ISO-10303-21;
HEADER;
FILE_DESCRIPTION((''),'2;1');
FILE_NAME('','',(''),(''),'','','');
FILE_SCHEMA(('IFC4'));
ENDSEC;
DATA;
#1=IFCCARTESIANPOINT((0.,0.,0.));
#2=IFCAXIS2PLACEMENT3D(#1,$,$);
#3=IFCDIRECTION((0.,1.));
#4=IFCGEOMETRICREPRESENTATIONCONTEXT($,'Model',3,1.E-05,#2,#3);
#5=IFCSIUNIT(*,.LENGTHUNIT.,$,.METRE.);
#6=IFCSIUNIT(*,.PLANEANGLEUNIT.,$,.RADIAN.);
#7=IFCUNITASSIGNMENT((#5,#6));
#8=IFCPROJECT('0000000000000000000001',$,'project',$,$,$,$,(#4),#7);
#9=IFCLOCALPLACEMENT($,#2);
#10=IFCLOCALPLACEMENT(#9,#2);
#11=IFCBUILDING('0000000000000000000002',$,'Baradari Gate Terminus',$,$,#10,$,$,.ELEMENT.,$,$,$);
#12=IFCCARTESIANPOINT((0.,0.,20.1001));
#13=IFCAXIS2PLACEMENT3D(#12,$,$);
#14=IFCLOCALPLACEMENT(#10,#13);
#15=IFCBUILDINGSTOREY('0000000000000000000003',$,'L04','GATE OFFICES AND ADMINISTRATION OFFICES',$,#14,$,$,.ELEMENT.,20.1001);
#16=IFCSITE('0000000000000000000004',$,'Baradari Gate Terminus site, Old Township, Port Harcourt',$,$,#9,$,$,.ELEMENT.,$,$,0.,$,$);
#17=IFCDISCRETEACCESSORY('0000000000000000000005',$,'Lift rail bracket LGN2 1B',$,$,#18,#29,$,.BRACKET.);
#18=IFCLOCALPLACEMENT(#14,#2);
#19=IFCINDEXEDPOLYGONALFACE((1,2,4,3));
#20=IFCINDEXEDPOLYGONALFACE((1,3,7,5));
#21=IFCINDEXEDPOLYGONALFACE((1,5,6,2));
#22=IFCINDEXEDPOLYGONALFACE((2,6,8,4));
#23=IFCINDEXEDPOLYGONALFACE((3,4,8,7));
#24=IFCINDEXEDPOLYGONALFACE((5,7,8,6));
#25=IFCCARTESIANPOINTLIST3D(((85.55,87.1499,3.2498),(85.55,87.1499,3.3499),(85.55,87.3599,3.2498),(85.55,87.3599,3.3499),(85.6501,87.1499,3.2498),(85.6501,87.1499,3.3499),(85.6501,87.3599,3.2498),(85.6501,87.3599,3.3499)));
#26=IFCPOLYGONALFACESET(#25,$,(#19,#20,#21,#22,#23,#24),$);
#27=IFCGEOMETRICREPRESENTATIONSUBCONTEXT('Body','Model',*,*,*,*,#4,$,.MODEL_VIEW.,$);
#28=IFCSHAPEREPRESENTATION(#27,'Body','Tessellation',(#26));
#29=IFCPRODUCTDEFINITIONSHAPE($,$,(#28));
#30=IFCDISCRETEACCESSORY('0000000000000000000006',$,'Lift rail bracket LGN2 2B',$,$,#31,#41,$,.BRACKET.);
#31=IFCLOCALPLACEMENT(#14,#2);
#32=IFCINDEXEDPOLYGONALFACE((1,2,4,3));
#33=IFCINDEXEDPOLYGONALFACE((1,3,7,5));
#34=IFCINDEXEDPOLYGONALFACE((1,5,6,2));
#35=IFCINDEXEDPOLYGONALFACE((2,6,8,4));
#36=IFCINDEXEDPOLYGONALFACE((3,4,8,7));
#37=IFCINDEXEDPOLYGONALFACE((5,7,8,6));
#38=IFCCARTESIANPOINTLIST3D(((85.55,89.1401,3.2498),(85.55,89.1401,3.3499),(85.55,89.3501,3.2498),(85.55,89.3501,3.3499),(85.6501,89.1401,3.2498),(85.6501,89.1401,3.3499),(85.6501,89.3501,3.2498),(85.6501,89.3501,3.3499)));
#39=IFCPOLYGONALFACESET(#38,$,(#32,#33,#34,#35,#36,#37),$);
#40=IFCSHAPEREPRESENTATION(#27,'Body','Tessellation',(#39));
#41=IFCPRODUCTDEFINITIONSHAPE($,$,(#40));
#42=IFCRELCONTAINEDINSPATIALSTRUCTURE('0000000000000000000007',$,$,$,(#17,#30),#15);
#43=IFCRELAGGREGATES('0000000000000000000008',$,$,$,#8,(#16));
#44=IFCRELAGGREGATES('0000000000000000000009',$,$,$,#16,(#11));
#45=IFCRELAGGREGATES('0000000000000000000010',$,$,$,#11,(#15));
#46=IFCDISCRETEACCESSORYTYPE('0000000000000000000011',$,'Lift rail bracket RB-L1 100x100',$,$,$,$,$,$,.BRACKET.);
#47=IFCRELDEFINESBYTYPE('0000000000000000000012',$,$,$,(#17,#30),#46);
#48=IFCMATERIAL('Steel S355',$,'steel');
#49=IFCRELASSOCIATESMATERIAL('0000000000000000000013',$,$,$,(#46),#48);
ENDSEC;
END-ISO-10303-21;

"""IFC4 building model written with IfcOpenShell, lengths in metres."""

from ifc_helpers import new_model, si_unit, direction, frame, origin, origin_2d, place, context, subcontext, project, spatial, rectangle, extrude, material, type_object, element, save


model = new_model("IFC4")

# Units and contexts
model_context = context("Model", 3, precision=1e-05, world=origin(), true_north=direction((0.0, 1.0)))
body_context = subcontext(model_context, "Body", "Model", "MODEL_VIEW")
ifc_project = project(units=[si_unit("LENGTHUNIT", "METRE"), si_unit("PLANEANGLEUNIT", "RADIAN")], contexts=[model_context])

# Site, building, storey
site_placement = place(None, origin())
site = spatial("IfcSite", under=ifc_project, at=site_placement, Name="Baradari Gate Terminus site, Old Township, Port Harcourt", CompositionType="ELEMENT", RefElevation=0.0)
building_placement = place(site_placement, origin())
building = spatial("IfcBuilding", under=site, at=building_placement, Name="Baradari Gate Terminus", CompositionType="ELEMENT")
storey_placement = place(building_placement, frame((0.0, 0.0, 20.1001)))
storey = spatial("IfcBuildingStorey", under=building, at=storey_placement, Name="L04", Description="GATE OFFICES AND ADMINISTRATION OFFICES", CompositionType="ELEMENT", Elevation=20.1001)

# Discrete accessories
ifc_material_1 = material(Name="Steel S355", Category="steel")
discrete_accessory_type_1 = type_object("IfcDiscreteAccessoryType", Name="Lift rail bracket RB-L1 100x100", PredefinedType="BRACKET", material=ifc_material_1)
for number, where, z_axis, x_axis, name in (
    (1, (85.6001, 87.2549, 3.2498), (0.0, 0.0, 1.0), (1.0, 0.0, 0.0), "Lift rail bracket LGN2 1B"),
    (2, (85.6001, 89.2451, 3.2498), (0.0, 0.0, 1.0), (1.0, 0.0, 0.0), "Lift rail bracket LGN2 2B"),
):
    element("IfcDiscreteAccessory", number, at=place(storey_placement, frame(where, z_axis=z_axis, x_axis=x_axis)), inside=storey, type_object=discrete_accessory_type_1, Name=name, PredefinedType="BRACKET", context=body_context, shape_type="SweptSolid", body=[
        extrude(rectangle(XDim=0.1001, YDim=0.21, at=origin_2d()), origin(), (0.0, 0.0, 1.0), 0.1001),
    ])

save(model, "model.ifc")
